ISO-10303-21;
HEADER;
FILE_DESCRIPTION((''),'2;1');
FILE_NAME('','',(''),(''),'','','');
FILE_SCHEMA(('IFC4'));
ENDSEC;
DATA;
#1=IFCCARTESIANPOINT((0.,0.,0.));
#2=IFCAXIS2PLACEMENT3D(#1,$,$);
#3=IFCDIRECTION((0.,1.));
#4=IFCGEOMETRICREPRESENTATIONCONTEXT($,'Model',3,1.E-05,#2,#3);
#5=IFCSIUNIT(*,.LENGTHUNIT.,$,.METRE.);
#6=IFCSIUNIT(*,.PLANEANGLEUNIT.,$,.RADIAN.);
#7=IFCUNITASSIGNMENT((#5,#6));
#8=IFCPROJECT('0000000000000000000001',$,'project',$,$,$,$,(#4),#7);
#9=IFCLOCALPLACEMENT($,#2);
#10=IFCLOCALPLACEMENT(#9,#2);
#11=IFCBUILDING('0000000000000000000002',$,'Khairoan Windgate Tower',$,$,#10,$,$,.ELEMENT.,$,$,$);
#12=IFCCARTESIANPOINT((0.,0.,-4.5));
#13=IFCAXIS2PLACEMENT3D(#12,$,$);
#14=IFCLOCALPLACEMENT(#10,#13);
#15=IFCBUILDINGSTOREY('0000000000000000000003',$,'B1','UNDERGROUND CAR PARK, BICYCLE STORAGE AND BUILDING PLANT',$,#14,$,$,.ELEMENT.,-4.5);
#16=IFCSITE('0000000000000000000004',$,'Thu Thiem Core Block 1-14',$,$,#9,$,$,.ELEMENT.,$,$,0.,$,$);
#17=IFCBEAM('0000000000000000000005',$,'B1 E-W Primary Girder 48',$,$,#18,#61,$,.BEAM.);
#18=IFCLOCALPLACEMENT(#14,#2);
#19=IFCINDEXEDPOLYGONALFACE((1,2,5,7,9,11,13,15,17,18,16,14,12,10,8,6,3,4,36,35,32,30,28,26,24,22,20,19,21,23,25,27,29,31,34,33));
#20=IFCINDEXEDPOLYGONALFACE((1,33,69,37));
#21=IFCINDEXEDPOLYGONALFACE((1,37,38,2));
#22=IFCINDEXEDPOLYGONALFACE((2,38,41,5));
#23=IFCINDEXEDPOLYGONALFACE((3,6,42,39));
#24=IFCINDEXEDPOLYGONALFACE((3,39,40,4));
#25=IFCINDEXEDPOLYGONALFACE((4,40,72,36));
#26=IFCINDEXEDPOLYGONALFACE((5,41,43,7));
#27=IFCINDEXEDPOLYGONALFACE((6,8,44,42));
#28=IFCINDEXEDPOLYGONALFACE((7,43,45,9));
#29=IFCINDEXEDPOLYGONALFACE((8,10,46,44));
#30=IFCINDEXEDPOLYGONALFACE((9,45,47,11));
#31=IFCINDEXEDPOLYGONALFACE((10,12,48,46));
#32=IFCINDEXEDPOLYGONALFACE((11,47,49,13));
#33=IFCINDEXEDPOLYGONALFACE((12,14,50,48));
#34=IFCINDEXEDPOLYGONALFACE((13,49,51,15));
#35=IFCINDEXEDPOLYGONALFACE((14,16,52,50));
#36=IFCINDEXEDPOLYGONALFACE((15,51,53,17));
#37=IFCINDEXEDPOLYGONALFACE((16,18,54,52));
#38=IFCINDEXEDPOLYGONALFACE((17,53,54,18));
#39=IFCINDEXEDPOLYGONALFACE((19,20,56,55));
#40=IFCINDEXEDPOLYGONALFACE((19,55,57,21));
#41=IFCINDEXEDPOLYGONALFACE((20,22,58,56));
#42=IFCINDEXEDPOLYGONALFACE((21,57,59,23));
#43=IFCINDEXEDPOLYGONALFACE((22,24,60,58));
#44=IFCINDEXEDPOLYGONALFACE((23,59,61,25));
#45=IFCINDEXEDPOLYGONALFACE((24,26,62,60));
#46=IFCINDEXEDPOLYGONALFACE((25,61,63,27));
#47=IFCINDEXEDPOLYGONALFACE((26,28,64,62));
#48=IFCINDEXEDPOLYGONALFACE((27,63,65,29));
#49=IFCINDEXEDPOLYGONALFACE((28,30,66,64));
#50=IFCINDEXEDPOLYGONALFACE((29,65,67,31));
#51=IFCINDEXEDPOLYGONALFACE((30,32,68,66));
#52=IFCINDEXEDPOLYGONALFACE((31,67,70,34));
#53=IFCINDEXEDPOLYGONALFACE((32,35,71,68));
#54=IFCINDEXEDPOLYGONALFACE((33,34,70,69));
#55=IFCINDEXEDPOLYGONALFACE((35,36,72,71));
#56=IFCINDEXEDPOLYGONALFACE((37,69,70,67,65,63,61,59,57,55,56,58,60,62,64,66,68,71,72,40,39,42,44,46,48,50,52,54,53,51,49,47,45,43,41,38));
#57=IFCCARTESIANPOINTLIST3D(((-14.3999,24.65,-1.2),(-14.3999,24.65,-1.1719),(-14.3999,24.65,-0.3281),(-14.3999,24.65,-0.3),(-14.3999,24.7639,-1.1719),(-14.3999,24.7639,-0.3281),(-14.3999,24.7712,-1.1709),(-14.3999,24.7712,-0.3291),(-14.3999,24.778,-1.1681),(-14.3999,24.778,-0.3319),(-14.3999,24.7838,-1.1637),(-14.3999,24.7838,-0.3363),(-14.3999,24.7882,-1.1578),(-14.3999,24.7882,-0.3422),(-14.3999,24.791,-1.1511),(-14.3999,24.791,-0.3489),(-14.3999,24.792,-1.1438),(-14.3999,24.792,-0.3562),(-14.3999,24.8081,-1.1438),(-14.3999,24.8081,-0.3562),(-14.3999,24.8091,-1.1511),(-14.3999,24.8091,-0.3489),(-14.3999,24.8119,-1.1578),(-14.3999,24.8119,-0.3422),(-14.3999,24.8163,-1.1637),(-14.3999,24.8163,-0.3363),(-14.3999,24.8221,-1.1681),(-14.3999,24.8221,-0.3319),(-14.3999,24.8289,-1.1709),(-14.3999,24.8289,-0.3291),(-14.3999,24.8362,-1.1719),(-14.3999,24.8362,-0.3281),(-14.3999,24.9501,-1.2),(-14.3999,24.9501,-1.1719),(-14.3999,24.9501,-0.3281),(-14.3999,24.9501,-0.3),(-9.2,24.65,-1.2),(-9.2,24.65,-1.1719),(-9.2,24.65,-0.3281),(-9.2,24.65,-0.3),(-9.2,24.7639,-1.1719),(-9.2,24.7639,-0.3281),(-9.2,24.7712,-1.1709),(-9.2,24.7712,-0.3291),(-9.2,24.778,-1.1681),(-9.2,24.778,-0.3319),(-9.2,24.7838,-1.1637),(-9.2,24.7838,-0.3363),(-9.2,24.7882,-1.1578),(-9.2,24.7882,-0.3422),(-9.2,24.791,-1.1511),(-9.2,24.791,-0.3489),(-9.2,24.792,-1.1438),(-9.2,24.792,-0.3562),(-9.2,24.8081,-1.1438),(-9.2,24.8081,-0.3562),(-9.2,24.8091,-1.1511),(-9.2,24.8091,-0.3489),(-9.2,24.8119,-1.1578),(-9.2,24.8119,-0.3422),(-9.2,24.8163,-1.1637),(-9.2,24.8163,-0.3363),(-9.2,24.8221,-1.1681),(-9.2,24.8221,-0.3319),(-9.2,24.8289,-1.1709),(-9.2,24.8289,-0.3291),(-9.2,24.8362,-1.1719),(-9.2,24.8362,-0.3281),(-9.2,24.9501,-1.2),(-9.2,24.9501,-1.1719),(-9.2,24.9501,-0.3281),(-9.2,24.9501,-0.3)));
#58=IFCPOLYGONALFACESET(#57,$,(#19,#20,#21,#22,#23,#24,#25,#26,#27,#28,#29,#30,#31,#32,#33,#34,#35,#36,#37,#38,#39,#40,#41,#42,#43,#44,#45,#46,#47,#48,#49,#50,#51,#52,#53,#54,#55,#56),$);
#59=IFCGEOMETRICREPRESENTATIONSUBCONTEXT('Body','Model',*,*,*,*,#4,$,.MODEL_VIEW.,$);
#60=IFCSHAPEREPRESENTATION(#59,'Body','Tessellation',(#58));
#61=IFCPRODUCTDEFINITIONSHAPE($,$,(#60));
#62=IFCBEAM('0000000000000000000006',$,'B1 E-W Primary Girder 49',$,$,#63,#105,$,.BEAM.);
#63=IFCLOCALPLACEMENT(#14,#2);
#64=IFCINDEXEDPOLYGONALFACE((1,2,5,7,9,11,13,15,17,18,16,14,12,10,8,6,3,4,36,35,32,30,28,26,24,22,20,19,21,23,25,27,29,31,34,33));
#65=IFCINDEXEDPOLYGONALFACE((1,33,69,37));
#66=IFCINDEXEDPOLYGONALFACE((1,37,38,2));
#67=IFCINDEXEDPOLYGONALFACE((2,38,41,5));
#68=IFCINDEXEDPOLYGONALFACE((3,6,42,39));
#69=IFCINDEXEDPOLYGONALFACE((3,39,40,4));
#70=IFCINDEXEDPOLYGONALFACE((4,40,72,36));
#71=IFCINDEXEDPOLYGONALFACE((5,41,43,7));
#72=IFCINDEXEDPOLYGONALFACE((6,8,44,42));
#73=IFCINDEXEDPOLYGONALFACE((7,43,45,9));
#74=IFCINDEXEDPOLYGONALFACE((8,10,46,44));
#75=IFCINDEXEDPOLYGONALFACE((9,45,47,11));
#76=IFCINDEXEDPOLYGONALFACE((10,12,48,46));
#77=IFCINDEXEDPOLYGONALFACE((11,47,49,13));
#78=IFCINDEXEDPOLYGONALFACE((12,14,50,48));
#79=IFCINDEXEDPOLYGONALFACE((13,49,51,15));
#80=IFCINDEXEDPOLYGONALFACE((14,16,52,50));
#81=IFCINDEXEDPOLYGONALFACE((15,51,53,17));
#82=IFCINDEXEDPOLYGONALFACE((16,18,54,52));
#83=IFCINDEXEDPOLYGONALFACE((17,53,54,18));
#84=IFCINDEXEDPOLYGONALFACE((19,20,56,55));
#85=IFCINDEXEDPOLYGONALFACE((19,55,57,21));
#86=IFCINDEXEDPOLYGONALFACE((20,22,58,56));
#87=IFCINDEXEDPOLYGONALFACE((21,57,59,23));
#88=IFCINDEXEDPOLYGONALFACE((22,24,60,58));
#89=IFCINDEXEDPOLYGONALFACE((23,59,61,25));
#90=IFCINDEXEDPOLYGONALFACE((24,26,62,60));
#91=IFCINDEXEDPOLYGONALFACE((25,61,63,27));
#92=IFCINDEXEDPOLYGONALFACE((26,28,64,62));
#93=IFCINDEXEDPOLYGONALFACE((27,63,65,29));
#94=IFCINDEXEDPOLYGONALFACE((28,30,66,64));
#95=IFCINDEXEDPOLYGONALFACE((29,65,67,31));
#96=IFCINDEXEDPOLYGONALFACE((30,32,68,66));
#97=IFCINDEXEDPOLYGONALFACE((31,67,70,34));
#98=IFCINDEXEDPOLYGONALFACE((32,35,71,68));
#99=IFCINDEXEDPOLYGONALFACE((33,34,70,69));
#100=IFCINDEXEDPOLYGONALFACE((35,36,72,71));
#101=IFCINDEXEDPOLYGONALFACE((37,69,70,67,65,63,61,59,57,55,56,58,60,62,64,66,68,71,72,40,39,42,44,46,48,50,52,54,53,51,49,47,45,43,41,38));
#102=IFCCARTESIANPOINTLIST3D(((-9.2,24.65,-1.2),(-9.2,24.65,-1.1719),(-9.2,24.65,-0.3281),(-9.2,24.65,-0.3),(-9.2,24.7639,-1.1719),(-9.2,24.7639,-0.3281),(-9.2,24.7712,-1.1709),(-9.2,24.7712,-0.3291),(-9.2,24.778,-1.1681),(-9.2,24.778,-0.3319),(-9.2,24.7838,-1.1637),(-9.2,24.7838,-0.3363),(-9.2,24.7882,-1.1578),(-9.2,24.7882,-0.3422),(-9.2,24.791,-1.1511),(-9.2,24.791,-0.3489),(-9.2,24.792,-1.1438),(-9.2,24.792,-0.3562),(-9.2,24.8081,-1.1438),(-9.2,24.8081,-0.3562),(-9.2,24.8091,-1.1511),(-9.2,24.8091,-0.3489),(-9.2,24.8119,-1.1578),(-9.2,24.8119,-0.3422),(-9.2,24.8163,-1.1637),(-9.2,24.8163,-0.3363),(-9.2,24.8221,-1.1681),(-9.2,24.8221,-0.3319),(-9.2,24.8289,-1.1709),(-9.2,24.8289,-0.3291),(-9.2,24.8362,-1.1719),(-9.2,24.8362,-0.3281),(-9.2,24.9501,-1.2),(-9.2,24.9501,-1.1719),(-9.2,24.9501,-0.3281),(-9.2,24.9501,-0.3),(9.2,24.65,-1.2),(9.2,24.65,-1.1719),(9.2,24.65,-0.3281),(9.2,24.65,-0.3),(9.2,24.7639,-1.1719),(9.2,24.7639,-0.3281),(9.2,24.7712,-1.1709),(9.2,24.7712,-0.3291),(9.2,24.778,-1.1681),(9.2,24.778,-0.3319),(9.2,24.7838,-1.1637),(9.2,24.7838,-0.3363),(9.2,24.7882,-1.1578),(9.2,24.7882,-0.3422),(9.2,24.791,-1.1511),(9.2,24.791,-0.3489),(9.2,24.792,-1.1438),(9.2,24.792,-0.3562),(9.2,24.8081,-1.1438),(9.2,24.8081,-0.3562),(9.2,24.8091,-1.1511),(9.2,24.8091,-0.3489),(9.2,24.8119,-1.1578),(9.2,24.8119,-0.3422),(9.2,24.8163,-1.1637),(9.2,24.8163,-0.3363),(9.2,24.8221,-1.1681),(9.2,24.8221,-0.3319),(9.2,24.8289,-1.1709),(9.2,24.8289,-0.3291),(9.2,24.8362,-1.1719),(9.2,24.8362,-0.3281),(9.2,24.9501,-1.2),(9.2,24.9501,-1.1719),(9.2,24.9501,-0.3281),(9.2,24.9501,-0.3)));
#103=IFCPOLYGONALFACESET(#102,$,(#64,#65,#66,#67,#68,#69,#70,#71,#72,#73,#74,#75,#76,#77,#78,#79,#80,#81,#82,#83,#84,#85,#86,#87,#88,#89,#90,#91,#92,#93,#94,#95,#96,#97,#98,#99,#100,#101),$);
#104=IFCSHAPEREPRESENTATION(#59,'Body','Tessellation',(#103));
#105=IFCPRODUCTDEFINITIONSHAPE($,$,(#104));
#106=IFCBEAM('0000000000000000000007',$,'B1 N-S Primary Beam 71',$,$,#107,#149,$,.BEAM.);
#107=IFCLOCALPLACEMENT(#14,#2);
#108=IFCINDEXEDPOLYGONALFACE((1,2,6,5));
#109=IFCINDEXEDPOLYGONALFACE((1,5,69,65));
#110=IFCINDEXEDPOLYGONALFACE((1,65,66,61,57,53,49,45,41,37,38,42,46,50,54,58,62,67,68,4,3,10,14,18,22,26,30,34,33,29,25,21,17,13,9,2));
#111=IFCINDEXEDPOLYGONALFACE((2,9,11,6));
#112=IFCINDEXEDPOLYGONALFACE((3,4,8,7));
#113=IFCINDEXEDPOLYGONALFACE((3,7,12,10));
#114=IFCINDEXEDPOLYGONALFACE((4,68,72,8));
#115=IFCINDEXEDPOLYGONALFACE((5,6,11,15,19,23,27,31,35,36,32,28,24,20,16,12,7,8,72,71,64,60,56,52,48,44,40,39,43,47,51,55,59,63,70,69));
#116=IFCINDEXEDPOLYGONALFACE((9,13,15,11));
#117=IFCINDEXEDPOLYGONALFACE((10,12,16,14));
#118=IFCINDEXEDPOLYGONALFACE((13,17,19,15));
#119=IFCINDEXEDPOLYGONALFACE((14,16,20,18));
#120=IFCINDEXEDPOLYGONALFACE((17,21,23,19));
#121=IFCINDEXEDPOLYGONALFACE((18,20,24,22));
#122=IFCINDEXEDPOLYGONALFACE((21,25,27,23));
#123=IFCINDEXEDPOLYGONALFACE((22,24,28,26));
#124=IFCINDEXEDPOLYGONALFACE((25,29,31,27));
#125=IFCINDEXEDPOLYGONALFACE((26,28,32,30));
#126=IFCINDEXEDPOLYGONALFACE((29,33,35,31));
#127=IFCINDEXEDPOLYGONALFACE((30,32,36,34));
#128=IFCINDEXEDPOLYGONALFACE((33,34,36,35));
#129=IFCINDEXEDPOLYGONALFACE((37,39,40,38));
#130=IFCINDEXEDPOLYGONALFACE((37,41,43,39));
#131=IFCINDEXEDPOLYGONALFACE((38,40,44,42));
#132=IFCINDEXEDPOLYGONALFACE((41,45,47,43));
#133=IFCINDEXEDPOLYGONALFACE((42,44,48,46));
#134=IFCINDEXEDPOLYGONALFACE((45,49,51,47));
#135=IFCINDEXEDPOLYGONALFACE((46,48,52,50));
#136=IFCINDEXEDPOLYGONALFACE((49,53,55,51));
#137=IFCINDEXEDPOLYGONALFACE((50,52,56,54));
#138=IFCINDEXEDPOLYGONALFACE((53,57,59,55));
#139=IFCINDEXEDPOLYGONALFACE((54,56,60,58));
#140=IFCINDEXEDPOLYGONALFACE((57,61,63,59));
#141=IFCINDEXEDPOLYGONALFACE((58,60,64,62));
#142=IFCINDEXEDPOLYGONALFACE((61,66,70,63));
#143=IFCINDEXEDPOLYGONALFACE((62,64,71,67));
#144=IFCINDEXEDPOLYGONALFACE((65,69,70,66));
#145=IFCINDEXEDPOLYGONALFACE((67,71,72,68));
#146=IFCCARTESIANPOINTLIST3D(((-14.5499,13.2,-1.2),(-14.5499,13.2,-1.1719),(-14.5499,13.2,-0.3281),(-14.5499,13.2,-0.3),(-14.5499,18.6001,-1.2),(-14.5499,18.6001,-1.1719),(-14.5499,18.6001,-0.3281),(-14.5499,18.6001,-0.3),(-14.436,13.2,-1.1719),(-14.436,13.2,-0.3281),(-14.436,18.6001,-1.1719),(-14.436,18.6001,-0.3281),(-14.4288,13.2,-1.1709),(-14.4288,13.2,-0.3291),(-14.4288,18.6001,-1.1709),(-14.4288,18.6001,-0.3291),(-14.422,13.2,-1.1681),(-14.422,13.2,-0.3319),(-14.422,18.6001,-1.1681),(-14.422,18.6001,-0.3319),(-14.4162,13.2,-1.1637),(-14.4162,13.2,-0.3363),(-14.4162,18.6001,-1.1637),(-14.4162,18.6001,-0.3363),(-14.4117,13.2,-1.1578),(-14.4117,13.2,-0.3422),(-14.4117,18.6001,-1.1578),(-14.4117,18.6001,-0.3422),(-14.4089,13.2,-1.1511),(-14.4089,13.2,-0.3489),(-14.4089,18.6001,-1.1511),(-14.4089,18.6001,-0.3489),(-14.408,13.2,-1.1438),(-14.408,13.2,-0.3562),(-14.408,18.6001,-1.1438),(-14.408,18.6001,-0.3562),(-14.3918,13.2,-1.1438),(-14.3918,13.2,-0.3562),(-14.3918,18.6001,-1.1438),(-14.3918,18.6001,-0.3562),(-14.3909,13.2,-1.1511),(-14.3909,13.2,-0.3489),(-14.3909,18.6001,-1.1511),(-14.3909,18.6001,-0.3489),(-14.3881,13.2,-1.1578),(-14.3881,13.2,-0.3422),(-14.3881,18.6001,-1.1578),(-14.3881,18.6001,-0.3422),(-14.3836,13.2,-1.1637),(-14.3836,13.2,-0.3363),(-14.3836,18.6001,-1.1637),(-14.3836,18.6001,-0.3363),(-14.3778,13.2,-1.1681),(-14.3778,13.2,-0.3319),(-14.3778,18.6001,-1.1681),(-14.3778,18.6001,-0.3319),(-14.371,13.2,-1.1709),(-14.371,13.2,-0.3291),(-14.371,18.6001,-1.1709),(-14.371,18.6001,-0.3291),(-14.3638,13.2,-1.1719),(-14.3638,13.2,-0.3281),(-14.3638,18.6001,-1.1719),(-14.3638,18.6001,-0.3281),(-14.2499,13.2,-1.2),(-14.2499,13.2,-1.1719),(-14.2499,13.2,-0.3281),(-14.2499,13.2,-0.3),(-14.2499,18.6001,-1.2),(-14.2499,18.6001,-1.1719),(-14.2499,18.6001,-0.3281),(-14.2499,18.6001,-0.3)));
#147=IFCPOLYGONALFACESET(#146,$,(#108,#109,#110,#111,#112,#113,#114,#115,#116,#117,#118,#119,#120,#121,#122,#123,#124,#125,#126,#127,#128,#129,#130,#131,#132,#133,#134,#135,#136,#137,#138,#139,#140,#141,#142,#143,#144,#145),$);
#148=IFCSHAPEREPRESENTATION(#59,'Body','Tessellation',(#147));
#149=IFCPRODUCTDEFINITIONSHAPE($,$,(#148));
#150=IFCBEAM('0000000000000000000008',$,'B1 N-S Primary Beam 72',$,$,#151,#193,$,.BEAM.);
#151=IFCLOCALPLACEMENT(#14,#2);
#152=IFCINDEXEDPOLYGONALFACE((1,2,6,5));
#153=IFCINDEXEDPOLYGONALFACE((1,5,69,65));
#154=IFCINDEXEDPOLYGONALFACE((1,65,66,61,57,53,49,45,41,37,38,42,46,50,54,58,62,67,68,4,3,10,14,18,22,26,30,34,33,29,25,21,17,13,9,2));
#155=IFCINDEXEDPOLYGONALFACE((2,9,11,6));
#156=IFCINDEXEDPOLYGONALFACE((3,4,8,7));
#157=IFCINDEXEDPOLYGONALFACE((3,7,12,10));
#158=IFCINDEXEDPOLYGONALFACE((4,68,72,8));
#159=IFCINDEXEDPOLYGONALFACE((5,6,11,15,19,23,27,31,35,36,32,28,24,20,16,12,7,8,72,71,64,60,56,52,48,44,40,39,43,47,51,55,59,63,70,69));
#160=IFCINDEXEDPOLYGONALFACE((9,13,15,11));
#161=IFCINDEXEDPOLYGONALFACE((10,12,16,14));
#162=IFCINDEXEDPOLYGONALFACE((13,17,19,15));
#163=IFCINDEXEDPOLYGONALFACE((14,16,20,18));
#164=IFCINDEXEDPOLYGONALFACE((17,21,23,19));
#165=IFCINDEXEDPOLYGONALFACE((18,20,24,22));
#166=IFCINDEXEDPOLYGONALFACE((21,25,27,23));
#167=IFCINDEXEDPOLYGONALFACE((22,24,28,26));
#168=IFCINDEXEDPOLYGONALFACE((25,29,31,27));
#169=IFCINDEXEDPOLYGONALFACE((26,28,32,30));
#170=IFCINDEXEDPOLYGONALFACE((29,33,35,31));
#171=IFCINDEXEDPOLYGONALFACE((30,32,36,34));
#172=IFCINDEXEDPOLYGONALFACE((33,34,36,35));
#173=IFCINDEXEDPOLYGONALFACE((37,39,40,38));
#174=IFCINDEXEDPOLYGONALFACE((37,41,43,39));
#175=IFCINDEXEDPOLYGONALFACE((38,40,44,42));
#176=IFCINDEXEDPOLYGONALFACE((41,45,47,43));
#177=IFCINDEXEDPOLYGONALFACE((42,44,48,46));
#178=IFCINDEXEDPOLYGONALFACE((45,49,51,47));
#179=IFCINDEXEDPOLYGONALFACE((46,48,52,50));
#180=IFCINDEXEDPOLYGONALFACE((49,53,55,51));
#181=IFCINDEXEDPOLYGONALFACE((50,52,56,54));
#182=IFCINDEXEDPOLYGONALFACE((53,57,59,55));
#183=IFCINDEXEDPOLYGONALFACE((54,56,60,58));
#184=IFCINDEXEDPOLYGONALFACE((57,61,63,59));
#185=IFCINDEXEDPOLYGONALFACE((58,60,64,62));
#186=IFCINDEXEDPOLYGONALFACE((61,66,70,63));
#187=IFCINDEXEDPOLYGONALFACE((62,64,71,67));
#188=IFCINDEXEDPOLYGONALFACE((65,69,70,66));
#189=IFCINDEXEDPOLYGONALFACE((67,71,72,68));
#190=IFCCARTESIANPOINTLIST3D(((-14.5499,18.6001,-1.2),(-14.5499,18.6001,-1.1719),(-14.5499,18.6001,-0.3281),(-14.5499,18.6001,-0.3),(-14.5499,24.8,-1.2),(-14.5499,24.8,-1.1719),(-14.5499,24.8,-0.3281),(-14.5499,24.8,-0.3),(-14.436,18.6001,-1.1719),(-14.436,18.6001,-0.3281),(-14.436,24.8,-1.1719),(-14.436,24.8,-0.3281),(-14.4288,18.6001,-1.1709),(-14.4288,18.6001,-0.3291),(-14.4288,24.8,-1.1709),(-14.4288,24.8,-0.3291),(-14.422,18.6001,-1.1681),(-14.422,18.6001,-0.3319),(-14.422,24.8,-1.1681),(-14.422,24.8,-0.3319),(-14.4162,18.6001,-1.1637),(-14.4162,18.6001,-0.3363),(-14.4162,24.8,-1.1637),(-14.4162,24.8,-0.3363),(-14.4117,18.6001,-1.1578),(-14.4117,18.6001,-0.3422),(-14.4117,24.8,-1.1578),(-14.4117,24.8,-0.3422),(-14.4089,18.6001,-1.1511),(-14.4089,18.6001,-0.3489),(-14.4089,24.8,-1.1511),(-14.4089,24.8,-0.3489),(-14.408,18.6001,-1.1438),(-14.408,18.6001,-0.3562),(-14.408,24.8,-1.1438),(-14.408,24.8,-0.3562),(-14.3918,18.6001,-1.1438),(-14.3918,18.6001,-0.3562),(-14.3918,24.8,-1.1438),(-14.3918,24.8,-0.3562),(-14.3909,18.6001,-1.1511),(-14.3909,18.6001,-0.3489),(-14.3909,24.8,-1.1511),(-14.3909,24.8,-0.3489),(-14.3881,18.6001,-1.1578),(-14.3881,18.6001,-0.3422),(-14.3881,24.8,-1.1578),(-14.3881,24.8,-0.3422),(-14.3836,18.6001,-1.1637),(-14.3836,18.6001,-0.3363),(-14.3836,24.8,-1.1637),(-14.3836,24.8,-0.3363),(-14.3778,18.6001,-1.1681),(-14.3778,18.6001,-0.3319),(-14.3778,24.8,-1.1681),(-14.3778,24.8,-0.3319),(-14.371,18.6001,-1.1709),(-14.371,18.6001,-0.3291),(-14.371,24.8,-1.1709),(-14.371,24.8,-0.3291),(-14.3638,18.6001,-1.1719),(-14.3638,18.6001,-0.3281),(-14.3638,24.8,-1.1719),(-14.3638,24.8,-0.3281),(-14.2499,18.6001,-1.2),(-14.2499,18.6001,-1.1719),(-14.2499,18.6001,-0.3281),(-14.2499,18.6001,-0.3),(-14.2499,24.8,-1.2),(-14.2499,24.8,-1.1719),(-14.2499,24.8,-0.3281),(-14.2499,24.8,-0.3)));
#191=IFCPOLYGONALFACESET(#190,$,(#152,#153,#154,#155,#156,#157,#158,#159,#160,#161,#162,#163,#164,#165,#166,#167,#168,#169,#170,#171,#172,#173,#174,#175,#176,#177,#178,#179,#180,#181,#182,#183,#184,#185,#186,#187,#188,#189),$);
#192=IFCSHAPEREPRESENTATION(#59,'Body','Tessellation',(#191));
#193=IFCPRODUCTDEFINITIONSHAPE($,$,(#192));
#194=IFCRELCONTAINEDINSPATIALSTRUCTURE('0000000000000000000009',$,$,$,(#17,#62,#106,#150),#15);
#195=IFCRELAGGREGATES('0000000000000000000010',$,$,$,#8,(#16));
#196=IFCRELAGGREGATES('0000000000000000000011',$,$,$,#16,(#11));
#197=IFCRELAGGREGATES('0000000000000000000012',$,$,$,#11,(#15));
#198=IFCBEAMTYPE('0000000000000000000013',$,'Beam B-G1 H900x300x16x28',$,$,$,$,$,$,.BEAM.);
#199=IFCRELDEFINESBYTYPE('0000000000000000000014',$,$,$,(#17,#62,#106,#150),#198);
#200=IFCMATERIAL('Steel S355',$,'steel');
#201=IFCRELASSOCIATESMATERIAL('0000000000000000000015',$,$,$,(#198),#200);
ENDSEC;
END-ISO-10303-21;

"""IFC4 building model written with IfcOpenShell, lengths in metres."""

from ifc_helpers import new_model, si_unit, direction, frame, origin, origin_2d, place, context, subcontext, project, spatial, i_section, extrude, material, material_profile, profile_set, type_object, element, save


model = new_model("IFC4")

# Units and contexts
model_context = context("Model", 3, precision=1e-05, world=origin(), true_north=direction((0.0, 1.0)))
body_context = subcontext(model_context, "Body", "Model", "MODEL_VIEW")
ifc_project = project(units=[si_unit("LENGTHUNIT", "METRE"), si_unit("PLANEANGLEUNIT", "RADIAN")], contexts=[model_context])

# Site, building, storey
site_placement = place(None, origin())
site = spatial("IfcSite", under=ifc_project, at=site_placement, Name="Thu Thiem Core Block 1-14", CompositionType="ELEMENT", RefElevation=0.0)
building_placement = place(site_placement, origin())
building = spatial("IfcBuilding", under=site, at=building_placement, Name="Khairoan Windgate Tower", CompositionType="ELEMENT")
storey_placement = place(building_placement, frame((0.0, 0.0, -4.5)))
storey = spatial("IfcBuildingStorey", under=building, at=storey_placement, Name="B1", Description="UNDERGROUND CAR PARK, BICYCLE STORAGE AND BUILDING PLANT", CompositionType="ELEMENT", Elevation=-4.5)

# Beams
ifc_material_1 = material(Name="Steel S355", Category="steel")
ifc_material_profile_1 = material_profile(ifc_material_1, i_section(OverallWidth=0.3, OverallDepth=0.8999, WebThickness=0.0161, FlangeThickness=0.0281, FilletRadius=0.0281, at=origin_2d()))
ifc_profile_set_1 = profile_set([ifc_material_profile_1], Name="Steel S355")
beam_type_1 = type_object("IfcBeamType", Name="Beam B-G1 H900x300x16x28", PredefinedType="BEAM", material=ifc_profile_set_1)
beam_1_placement = place(storey_placement, frame((-14.3999, 24.8, -0.75), z_axis=(1.0, 0.0, 0.0), x_axis=(0.0, 1.0, 0.0)))
element("IfcBeam", 1, at=beam_1_placement, inside=storey, type_object=beam_type_1, Name="B1 E-W Primary Girder 48", PredefinedType="BEAM", context=body_context, shape_type="SweptSolid", body=[
    extrude(i_section(OverallWidth=0.3, OverallDepth=0.8999, WebThickness=0.0161, FlangeThickness=0.0281, FilletRadius=0.0281, at=origin_2d()), origin(), (0.0, 0.0, 1.0), 5.2),
])
beam_2_placement = place(storey_placement, frame((-9.2, 24.8, -0.75), z_axis=(1.0, 0.0, 0.0), x_axis=(0.0, 1.0, 0.0)))
element("IfcBeam", 2, at=beam_2_placement, inside=storey, type_object=beam_type_1, Name="B1 E-W Primary Girder 49", PredefinedType="BEAM", context=body_context, shape_type="SweptSolid", body=[
    extrude(i_section(OverallWidth=0.3, OverallDepth=0.8999, WebThickness=0.0161, FlangeThickness=0.0281, FilletRadius=0.0281, at=origin_2d()), origin(), (0.0, 0.0, 1.0), 18.3999),
])
beam_3_placement = place(storey_placement, frame((-14.3999, 13.2, -0.75), z_axis=(0.0, 1.0, 0.0), x_axis=(-1.0, 0.0, 0.0)))
element("IfcBeam", 3, at=beam_3_placement, inside=storey, type_object=beam_type_1, Name="B1 N-S Primary Beam 71", PredefinedType="BEAM", context=body_context, shape_type="SweptSolid", body=[
    extrude(i_section(OverallWidth=0.3, OverallDepth=0.8999, WebThickness=0.0161, FlangeThickness=0.0281, FilletRadius=0.0281, at=origin_2d()), origin(), (0.0, 0.0, 1.0), 5.4001),
])
beam_4_placement = place(storey_placement, frame((-14.3999, 18.6001, -0.75), z_axis=(0.0, 1.0, 0.0), x_axis=(-1.0, 0.0, 0.0)))
element("IfcBeam", 4, at=beam_4_placement, inside=storey, type_object=beam_type_1, Name="B1 N-S Primary Beam 72", PredefinedType="BEAM", context=body_context, shape_type="SweptSolid", body=[
    extrude(i_section(OverallWidth=0.3, OverallDepth=0.8999, WebThickness=0.0161, FlangeThickness=0.0281, FilletRadius=0.0281, at=origin_2d()), origin(), (0.0, 0.0, 1.0), 6.2),
])

save(model, "model.ifc")
